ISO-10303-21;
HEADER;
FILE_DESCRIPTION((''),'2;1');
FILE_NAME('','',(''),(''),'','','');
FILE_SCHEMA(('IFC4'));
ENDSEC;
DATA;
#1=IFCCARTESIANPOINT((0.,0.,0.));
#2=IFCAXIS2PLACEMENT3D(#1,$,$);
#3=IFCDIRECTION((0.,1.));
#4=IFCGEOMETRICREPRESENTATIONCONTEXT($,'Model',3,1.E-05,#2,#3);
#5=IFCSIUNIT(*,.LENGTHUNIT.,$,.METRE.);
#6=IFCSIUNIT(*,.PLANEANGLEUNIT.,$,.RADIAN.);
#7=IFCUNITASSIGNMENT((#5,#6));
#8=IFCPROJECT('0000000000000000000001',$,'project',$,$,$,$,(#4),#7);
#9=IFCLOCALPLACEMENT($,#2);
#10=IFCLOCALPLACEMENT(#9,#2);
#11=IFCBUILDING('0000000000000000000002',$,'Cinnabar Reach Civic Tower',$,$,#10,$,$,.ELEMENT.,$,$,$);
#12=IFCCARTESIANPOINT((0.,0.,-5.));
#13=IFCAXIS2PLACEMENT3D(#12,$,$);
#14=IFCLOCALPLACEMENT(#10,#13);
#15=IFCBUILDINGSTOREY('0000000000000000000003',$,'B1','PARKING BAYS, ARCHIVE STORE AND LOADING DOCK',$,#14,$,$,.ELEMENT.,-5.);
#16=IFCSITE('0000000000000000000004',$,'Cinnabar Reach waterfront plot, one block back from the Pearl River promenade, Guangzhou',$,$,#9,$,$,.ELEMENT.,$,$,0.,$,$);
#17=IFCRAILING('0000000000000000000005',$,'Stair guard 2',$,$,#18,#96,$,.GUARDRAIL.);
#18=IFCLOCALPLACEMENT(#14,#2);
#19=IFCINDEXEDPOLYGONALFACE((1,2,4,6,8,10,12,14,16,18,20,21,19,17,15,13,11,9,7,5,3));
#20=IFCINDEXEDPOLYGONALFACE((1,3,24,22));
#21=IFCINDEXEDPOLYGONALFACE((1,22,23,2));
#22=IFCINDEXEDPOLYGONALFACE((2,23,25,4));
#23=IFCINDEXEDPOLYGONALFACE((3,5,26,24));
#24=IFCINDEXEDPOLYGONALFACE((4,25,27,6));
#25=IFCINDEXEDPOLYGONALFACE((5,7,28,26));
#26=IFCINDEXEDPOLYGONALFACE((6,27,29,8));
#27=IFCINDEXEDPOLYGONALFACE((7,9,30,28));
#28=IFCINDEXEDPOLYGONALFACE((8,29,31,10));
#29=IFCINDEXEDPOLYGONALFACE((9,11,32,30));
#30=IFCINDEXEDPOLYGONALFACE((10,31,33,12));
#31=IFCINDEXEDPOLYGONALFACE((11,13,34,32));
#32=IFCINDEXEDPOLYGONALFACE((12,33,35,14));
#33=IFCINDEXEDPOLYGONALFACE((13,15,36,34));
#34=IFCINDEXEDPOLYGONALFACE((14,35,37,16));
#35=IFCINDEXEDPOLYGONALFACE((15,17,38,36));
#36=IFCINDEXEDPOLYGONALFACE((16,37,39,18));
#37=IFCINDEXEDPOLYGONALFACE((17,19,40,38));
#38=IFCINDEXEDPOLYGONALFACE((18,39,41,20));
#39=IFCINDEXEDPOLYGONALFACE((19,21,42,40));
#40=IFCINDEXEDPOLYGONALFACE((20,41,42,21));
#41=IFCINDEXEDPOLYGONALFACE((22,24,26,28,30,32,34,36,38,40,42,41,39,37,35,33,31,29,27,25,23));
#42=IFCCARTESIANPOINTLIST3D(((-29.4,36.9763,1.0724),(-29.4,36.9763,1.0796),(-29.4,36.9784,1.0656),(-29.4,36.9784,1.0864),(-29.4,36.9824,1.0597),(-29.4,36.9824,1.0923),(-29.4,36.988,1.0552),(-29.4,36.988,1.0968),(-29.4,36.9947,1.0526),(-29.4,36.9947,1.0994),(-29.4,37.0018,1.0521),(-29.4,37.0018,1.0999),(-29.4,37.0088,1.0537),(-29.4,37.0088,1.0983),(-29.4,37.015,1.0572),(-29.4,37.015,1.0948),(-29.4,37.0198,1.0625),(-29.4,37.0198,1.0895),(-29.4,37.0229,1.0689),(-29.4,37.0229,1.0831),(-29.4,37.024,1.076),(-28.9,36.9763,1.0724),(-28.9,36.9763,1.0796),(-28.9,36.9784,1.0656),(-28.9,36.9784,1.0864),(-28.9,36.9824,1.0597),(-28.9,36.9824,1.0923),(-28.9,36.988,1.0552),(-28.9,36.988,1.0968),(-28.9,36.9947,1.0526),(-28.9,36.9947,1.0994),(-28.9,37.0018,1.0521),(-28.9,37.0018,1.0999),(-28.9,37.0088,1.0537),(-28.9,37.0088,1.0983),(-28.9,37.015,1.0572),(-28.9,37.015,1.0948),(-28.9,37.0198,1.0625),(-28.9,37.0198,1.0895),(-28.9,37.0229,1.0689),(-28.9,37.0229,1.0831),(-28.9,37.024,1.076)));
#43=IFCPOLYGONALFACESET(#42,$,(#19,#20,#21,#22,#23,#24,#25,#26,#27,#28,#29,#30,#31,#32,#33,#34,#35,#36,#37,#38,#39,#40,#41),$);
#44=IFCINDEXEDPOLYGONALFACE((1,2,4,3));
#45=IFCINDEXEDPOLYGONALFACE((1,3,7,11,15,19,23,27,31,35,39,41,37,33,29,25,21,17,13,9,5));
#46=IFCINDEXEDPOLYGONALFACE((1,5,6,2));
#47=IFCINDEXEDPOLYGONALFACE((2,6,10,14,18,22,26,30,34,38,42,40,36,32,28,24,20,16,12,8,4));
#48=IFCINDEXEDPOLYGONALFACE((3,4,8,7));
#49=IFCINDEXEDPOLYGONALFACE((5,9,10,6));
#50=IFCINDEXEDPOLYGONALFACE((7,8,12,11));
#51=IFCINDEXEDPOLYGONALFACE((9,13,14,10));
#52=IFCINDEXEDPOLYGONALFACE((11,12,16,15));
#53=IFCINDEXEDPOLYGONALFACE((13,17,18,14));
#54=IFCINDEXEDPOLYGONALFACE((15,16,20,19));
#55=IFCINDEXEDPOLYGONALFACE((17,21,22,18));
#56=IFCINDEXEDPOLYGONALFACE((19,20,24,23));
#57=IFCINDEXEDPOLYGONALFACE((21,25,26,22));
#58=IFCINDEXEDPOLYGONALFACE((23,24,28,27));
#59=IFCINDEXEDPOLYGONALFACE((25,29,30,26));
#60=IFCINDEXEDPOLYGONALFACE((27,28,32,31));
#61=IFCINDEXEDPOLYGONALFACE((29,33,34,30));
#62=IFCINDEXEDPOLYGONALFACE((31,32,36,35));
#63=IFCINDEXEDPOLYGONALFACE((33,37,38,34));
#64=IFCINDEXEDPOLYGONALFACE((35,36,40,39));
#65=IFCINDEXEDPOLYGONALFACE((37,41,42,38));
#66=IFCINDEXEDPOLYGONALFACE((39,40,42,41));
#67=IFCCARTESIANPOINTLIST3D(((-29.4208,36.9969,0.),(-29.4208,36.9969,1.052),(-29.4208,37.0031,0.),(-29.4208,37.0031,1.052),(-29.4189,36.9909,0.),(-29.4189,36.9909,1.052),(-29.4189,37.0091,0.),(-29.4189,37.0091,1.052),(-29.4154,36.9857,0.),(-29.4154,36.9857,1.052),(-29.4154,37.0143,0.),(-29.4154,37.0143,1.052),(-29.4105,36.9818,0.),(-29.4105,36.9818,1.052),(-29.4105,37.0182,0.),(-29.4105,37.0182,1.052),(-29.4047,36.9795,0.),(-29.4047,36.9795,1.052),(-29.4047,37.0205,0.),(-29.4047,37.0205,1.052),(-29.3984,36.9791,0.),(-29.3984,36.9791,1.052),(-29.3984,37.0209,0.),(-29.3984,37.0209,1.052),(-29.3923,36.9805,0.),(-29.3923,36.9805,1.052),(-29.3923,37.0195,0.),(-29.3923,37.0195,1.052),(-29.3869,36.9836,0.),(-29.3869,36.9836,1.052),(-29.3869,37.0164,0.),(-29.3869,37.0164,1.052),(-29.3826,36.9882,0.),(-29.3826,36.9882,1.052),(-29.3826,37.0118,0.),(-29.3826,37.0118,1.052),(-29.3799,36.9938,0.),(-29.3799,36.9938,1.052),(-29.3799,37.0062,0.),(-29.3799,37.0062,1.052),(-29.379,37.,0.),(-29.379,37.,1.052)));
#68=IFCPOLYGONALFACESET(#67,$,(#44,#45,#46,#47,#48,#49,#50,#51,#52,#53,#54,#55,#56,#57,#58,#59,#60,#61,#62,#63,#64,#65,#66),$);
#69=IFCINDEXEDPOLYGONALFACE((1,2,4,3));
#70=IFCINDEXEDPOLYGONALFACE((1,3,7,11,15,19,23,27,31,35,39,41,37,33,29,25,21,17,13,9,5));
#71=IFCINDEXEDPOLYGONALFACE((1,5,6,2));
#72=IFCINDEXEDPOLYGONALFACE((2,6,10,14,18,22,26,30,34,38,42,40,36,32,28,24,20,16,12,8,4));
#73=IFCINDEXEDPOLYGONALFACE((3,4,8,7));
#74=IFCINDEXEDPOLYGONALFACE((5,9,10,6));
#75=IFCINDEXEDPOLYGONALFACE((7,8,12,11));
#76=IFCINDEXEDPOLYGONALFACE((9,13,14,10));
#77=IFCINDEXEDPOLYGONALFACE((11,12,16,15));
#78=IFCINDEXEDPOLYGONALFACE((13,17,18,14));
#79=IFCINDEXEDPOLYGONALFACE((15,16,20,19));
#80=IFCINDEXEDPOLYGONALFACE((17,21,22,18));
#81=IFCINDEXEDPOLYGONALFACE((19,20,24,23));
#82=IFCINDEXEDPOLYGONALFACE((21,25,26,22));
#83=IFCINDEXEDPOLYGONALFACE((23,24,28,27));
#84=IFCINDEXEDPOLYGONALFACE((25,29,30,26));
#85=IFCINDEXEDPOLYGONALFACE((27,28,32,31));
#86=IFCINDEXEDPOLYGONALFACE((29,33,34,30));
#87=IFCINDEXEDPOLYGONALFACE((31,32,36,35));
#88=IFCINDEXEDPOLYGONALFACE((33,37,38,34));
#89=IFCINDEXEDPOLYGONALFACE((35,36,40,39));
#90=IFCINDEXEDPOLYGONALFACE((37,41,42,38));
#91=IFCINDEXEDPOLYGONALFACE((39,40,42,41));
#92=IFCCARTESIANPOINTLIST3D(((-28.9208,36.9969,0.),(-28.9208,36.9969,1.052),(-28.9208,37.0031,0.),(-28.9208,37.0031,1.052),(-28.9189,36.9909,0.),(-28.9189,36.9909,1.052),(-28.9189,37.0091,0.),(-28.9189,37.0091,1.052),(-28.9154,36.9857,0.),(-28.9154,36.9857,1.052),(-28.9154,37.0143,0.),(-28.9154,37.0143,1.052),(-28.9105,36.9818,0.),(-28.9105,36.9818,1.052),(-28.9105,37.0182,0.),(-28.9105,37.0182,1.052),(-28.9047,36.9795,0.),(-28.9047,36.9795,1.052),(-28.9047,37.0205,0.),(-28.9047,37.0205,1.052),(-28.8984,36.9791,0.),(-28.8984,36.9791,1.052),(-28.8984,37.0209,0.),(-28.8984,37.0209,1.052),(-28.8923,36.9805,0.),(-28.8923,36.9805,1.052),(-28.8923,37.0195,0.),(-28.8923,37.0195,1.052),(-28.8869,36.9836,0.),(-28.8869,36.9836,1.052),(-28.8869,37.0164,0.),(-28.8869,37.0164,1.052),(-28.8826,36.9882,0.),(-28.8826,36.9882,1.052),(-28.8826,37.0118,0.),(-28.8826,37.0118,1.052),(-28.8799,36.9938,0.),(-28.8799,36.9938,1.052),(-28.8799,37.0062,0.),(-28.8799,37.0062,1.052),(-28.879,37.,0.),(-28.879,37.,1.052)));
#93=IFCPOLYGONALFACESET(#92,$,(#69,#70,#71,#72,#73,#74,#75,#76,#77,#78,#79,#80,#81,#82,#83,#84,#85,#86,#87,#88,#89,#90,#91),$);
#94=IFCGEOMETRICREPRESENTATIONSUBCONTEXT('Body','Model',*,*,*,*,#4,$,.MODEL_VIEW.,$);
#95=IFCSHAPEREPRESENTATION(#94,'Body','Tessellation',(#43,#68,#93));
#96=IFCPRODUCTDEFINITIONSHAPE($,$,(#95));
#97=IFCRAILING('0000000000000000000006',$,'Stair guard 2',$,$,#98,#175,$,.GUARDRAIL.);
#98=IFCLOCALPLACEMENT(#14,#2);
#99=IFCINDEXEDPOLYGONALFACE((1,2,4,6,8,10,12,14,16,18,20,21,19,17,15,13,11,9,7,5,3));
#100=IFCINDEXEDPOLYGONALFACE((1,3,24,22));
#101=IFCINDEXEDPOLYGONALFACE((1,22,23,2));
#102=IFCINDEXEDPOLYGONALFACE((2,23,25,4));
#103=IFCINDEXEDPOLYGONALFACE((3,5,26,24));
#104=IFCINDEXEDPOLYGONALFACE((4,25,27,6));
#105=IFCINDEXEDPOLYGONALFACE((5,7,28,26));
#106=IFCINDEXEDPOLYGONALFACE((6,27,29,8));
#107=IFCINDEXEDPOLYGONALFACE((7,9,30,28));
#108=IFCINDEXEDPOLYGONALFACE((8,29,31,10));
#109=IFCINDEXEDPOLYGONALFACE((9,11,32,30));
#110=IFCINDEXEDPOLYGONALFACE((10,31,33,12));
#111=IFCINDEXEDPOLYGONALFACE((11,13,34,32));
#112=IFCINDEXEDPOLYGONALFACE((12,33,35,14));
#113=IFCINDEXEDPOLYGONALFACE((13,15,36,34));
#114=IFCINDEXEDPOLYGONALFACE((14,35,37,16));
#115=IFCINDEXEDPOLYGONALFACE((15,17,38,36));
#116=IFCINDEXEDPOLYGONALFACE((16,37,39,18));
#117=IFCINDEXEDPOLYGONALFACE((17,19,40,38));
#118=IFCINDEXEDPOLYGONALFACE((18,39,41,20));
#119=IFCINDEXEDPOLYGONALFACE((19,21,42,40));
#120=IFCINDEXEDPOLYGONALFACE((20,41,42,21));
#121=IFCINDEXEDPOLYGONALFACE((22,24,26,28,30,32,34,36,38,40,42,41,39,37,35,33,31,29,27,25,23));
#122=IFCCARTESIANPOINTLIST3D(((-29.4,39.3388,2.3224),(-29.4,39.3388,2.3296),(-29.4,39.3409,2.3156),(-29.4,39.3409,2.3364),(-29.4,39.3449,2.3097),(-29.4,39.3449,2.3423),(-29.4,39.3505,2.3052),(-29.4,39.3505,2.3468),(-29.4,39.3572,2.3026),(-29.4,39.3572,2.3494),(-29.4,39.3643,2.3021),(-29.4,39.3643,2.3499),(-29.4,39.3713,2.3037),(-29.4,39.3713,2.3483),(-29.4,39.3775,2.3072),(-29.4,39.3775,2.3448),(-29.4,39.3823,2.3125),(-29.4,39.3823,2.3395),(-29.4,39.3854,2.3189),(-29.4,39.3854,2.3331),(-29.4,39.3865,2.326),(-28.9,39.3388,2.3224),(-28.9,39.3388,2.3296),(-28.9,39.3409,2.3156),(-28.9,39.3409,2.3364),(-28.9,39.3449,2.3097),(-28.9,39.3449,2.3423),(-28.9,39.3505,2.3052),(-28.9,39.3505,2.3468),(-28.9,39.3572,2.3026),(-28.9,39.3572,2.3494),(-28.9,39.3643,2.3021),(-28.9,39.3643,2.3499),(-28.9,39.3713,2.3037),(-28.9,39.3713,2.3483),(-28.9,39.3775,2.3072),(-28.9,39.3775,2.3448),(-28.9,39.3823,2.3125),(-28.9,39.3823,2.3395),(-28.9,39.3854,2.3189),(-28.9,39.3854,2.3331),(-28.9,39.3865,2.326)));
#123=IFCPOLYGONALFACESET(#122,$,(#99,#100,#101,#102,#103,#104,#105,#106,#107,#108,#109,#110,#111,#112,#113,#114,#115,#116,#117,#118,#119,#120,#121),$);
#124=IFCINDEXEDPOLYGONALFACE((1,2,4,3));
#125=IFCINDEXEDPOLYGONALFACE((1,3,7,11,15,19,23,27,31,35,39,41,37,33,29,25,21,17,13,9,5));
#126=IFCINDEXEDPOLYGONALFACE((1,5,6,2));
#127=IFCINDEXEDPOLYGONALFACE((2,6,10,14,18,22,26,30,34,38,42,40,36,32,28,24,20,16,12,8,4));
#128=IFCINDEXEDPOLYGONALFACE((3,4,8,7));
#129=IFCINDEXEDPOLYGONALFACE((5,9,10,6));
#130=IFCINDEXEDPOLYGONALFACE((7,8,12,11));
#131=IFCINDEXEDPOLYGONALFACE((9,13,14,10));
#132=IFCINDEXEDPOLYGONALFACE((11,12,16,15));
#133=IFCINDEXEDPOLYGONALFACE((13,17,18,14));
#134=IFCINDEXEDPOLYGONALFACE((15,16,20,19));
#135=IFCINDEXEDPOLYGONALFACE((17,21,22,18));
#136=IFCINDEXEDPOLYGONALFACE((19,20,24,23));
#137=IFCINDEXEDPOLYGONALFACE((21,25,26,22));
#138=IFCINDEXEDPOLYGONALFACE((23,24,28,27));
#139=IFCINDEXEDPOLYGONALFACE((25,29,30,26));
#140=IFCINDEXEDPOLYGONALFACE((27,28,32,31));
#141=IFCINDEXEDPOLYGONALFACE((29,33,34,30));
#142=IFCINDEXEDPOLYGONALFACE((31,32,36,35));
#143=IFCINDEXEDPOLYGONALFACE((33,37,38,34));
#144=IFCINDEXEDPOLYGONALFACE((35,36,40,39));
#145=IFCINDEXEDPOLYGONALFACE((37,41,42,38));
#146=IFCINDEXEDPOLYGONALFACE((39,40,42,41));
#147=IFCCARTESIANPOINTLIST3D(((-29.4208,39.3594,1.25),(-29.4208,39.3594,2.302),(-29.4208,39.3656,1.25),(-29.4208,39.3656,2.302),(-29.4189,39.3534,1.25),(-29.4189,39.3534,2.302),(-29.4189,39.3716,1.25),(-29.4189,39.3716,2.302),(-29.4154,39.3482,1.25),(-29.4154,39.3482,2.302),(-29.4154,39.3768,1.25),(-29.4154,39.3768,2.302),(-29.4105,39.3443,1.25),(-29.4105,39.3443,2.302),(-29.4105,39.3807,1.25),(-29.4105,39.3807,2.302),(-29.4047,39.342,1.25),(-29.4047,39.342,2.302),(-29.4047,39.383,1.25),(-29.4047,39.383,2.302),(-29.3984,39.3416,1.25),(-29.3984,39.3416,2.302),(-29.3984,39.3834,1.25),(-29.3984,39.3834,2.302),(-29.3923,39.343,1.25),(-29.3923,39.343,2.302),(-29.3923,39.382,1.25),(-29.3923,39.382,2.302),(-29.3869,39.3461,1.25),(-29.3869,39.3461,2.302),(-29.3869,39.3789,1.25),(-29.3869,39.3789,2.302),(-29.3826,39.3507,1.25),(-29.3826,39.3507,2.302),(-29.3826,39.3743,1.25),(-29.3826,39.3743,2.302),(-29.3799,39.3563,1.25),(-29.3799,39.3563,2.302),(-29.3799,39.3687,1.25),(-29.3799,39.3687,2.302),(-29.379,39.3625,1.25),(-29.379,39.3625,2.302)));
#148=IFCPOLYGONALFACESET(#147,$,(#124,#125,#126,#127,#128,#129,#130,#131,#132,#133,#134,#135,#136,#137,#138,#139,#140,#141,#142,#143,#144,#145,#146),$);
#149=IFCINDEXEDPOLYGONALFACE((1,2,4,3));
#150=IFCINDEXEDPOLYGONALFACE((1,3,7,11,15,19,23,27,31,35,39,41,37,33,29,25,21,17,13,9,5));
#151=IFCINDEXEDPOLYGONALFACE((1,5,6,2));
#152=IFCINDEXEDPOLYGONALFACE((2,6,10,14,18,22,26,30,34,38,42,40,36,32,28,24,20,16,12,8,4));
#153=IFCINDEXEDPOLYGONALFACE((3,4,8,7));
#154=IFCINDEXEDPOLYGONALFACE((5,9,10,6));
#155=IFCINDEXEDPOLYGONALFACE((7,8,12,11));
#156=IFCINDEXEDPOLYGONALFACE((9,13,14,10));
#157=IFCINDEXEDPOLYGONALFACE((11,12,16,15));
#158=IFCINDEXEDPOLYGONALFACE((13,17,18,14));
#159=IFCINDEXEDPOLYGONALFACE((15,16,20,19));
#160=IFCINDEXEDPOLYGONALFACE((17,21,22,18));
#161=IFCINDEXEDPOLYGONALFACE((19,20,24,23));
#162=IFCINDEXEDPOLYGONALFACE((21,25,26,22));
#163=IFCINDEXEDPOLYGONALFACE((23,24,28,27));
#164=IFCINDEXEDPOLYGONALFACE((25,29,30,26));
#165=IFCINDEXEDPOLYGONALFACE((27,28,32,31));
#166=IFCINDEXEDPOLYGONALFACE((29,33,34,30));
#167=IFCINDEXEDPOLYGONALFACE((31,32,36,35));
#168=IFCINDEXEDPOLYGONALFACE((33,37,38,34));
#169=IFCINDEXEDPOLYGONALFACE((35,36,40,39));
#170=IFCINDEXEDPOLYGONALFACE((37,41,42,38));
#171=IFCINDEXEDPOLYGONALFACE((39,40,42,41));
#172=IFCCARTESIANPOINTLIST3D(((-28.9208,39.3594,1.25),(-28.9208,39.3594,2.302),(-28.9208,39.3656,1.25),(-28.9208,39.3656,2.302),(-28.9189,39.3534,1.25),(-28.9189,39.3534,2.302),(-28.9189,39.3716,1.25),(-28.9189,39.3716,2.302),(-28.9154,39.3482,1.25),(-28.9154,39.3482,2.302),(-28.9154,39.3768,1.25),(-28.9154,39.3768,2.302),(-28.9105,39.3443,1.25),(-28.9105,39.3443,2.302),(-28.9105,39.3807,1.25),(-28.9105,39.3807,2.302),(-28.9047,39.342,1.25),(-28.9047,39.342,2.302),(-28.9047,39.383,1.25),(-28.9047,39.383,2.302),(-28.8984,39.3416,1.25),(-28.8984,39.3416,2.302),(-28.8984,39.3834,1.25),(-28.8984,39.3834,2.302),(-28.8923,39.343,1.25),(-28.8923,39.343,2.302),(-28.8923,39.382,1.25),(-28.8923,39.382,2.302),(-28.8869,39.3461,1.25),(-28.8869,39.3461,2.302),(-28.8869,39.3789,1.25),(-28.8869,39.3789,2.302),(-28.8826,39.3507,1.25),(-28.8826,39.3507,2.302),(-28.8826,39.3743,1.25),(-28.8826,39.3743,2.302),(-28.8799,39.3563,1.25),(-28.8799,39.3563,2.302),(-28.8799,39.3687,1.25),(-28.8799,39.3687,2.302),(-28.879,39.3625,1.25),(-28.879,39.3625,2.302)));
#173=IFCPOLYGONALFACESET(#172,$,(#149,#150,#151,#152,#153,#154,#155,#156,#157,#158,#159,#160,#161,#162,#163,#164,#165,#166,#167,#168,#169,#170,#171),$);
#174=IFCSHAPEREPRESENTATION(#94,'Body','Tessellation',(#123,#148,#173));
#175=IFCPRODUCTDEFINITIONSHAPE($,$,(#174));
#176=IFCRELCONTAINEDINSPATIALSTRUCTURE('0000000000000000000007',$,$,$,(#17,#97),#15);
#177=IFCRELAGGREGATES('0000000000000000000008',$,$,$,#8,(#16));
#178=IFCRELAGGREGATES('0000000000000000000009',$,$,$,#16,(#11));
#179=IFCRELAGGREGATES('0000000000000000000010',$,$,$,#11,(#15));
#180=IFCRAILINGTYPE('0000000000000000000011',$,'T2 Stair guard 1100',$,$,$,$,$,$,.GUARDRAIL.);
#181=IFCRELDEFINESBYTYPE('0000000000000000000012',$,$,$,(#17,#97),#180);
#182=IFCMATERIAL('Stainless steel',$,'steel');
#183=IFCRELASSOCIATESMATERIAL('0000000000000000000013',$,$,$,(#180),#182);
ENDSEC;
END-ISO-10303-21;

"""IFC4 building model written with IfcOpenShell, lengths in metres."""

from ifc_helpers import new_model, si_unit, direction, frame, origin, origin_2d, place, context, subcontext, project, spatial, circle, extrude, material, type_object, element, save


model = new_model("IFC4")

# Units and contexts
model_context = context("Model", 3, precision=1e-05, world=origin(), true_north=direction((0.0, 1.0)))
body_context = subcontext(model_context, "Body", "Model", "MODEL_VIEW")
ifc_project = project(units=[si_unit("LENGTHUNIT", "METRE"), si_unit("PLANEANGLEUNIT", "RADIAN")], contexts=[model_context])

# Site, building, storey
site_placement = place(None, origin())
site = spatial("IfcSite", under=ifc_project, at=site_placement, Name="Cinnabar Reach waterfront plot, one block back from the Pearl River promenade, Guangzhou", CompositionType="ELEMENT", RefElevation=0.0)
building_placement = place(site_placement, origin())
building = spatial("IfcBuilding", under=site, at=building_placement, Name="Cinnabar Reach Civic Tower", CompositionType="ELEMENT")
storey_placement = place(building_placement, frame((0.0, 0.0, -5.0)))
storey = spatial("IfcBuildingStorey", under=building, at=storey_placement, Name="B1", Description="PARKING BAYS, ARCHIVE STORE AND LOADING DOCK", CompositionType="ELEMENT", Elevation=-5.0)

# Railings
ifc_material_1 = material(Name="Stainless steel", Category="steel")
railing_type = type_object("IfcRailingType", Name="T2 Stair guard 1100", PredefinedType="GUARDRAIL", material=ifc_material_1)
for number, where, name in (
    (1, (-29.4, 37.0, 0.0), "Stair guard 2"),
    (2, (-29.4, 39.3625, 1.25), "Stair guard 2"),
):
    element("IfcRailing", number, at=place(storey_placement, frame(where)), inside=storey, type_object=railing_type, Name=name, PredefinedType="GUARDRAIL", context=body_context, shape_type="SweptSolid", body=[
        extrude(circle(Radius=0.024, at=origin_2d()), frame((0.0, 0.0, 1.076), z_axis=(1.0, 0.0, 0.0), x_axis=(0.0, 1.0, 0.0)), (0.0, 0.0, 1.0), 0.5),
        extrude(circle(Radius=0.021, at=origin_2d()), origin(), (0.0, 0.0, 1.0), 1.052),
        extrude(circle(Radius=0.021, at=origin_2d()), frame((0.5, 0.0, 0.0)), (0.0, 0.0, 1.0), 1.052),
    ])

save(model, "model.ifc")
